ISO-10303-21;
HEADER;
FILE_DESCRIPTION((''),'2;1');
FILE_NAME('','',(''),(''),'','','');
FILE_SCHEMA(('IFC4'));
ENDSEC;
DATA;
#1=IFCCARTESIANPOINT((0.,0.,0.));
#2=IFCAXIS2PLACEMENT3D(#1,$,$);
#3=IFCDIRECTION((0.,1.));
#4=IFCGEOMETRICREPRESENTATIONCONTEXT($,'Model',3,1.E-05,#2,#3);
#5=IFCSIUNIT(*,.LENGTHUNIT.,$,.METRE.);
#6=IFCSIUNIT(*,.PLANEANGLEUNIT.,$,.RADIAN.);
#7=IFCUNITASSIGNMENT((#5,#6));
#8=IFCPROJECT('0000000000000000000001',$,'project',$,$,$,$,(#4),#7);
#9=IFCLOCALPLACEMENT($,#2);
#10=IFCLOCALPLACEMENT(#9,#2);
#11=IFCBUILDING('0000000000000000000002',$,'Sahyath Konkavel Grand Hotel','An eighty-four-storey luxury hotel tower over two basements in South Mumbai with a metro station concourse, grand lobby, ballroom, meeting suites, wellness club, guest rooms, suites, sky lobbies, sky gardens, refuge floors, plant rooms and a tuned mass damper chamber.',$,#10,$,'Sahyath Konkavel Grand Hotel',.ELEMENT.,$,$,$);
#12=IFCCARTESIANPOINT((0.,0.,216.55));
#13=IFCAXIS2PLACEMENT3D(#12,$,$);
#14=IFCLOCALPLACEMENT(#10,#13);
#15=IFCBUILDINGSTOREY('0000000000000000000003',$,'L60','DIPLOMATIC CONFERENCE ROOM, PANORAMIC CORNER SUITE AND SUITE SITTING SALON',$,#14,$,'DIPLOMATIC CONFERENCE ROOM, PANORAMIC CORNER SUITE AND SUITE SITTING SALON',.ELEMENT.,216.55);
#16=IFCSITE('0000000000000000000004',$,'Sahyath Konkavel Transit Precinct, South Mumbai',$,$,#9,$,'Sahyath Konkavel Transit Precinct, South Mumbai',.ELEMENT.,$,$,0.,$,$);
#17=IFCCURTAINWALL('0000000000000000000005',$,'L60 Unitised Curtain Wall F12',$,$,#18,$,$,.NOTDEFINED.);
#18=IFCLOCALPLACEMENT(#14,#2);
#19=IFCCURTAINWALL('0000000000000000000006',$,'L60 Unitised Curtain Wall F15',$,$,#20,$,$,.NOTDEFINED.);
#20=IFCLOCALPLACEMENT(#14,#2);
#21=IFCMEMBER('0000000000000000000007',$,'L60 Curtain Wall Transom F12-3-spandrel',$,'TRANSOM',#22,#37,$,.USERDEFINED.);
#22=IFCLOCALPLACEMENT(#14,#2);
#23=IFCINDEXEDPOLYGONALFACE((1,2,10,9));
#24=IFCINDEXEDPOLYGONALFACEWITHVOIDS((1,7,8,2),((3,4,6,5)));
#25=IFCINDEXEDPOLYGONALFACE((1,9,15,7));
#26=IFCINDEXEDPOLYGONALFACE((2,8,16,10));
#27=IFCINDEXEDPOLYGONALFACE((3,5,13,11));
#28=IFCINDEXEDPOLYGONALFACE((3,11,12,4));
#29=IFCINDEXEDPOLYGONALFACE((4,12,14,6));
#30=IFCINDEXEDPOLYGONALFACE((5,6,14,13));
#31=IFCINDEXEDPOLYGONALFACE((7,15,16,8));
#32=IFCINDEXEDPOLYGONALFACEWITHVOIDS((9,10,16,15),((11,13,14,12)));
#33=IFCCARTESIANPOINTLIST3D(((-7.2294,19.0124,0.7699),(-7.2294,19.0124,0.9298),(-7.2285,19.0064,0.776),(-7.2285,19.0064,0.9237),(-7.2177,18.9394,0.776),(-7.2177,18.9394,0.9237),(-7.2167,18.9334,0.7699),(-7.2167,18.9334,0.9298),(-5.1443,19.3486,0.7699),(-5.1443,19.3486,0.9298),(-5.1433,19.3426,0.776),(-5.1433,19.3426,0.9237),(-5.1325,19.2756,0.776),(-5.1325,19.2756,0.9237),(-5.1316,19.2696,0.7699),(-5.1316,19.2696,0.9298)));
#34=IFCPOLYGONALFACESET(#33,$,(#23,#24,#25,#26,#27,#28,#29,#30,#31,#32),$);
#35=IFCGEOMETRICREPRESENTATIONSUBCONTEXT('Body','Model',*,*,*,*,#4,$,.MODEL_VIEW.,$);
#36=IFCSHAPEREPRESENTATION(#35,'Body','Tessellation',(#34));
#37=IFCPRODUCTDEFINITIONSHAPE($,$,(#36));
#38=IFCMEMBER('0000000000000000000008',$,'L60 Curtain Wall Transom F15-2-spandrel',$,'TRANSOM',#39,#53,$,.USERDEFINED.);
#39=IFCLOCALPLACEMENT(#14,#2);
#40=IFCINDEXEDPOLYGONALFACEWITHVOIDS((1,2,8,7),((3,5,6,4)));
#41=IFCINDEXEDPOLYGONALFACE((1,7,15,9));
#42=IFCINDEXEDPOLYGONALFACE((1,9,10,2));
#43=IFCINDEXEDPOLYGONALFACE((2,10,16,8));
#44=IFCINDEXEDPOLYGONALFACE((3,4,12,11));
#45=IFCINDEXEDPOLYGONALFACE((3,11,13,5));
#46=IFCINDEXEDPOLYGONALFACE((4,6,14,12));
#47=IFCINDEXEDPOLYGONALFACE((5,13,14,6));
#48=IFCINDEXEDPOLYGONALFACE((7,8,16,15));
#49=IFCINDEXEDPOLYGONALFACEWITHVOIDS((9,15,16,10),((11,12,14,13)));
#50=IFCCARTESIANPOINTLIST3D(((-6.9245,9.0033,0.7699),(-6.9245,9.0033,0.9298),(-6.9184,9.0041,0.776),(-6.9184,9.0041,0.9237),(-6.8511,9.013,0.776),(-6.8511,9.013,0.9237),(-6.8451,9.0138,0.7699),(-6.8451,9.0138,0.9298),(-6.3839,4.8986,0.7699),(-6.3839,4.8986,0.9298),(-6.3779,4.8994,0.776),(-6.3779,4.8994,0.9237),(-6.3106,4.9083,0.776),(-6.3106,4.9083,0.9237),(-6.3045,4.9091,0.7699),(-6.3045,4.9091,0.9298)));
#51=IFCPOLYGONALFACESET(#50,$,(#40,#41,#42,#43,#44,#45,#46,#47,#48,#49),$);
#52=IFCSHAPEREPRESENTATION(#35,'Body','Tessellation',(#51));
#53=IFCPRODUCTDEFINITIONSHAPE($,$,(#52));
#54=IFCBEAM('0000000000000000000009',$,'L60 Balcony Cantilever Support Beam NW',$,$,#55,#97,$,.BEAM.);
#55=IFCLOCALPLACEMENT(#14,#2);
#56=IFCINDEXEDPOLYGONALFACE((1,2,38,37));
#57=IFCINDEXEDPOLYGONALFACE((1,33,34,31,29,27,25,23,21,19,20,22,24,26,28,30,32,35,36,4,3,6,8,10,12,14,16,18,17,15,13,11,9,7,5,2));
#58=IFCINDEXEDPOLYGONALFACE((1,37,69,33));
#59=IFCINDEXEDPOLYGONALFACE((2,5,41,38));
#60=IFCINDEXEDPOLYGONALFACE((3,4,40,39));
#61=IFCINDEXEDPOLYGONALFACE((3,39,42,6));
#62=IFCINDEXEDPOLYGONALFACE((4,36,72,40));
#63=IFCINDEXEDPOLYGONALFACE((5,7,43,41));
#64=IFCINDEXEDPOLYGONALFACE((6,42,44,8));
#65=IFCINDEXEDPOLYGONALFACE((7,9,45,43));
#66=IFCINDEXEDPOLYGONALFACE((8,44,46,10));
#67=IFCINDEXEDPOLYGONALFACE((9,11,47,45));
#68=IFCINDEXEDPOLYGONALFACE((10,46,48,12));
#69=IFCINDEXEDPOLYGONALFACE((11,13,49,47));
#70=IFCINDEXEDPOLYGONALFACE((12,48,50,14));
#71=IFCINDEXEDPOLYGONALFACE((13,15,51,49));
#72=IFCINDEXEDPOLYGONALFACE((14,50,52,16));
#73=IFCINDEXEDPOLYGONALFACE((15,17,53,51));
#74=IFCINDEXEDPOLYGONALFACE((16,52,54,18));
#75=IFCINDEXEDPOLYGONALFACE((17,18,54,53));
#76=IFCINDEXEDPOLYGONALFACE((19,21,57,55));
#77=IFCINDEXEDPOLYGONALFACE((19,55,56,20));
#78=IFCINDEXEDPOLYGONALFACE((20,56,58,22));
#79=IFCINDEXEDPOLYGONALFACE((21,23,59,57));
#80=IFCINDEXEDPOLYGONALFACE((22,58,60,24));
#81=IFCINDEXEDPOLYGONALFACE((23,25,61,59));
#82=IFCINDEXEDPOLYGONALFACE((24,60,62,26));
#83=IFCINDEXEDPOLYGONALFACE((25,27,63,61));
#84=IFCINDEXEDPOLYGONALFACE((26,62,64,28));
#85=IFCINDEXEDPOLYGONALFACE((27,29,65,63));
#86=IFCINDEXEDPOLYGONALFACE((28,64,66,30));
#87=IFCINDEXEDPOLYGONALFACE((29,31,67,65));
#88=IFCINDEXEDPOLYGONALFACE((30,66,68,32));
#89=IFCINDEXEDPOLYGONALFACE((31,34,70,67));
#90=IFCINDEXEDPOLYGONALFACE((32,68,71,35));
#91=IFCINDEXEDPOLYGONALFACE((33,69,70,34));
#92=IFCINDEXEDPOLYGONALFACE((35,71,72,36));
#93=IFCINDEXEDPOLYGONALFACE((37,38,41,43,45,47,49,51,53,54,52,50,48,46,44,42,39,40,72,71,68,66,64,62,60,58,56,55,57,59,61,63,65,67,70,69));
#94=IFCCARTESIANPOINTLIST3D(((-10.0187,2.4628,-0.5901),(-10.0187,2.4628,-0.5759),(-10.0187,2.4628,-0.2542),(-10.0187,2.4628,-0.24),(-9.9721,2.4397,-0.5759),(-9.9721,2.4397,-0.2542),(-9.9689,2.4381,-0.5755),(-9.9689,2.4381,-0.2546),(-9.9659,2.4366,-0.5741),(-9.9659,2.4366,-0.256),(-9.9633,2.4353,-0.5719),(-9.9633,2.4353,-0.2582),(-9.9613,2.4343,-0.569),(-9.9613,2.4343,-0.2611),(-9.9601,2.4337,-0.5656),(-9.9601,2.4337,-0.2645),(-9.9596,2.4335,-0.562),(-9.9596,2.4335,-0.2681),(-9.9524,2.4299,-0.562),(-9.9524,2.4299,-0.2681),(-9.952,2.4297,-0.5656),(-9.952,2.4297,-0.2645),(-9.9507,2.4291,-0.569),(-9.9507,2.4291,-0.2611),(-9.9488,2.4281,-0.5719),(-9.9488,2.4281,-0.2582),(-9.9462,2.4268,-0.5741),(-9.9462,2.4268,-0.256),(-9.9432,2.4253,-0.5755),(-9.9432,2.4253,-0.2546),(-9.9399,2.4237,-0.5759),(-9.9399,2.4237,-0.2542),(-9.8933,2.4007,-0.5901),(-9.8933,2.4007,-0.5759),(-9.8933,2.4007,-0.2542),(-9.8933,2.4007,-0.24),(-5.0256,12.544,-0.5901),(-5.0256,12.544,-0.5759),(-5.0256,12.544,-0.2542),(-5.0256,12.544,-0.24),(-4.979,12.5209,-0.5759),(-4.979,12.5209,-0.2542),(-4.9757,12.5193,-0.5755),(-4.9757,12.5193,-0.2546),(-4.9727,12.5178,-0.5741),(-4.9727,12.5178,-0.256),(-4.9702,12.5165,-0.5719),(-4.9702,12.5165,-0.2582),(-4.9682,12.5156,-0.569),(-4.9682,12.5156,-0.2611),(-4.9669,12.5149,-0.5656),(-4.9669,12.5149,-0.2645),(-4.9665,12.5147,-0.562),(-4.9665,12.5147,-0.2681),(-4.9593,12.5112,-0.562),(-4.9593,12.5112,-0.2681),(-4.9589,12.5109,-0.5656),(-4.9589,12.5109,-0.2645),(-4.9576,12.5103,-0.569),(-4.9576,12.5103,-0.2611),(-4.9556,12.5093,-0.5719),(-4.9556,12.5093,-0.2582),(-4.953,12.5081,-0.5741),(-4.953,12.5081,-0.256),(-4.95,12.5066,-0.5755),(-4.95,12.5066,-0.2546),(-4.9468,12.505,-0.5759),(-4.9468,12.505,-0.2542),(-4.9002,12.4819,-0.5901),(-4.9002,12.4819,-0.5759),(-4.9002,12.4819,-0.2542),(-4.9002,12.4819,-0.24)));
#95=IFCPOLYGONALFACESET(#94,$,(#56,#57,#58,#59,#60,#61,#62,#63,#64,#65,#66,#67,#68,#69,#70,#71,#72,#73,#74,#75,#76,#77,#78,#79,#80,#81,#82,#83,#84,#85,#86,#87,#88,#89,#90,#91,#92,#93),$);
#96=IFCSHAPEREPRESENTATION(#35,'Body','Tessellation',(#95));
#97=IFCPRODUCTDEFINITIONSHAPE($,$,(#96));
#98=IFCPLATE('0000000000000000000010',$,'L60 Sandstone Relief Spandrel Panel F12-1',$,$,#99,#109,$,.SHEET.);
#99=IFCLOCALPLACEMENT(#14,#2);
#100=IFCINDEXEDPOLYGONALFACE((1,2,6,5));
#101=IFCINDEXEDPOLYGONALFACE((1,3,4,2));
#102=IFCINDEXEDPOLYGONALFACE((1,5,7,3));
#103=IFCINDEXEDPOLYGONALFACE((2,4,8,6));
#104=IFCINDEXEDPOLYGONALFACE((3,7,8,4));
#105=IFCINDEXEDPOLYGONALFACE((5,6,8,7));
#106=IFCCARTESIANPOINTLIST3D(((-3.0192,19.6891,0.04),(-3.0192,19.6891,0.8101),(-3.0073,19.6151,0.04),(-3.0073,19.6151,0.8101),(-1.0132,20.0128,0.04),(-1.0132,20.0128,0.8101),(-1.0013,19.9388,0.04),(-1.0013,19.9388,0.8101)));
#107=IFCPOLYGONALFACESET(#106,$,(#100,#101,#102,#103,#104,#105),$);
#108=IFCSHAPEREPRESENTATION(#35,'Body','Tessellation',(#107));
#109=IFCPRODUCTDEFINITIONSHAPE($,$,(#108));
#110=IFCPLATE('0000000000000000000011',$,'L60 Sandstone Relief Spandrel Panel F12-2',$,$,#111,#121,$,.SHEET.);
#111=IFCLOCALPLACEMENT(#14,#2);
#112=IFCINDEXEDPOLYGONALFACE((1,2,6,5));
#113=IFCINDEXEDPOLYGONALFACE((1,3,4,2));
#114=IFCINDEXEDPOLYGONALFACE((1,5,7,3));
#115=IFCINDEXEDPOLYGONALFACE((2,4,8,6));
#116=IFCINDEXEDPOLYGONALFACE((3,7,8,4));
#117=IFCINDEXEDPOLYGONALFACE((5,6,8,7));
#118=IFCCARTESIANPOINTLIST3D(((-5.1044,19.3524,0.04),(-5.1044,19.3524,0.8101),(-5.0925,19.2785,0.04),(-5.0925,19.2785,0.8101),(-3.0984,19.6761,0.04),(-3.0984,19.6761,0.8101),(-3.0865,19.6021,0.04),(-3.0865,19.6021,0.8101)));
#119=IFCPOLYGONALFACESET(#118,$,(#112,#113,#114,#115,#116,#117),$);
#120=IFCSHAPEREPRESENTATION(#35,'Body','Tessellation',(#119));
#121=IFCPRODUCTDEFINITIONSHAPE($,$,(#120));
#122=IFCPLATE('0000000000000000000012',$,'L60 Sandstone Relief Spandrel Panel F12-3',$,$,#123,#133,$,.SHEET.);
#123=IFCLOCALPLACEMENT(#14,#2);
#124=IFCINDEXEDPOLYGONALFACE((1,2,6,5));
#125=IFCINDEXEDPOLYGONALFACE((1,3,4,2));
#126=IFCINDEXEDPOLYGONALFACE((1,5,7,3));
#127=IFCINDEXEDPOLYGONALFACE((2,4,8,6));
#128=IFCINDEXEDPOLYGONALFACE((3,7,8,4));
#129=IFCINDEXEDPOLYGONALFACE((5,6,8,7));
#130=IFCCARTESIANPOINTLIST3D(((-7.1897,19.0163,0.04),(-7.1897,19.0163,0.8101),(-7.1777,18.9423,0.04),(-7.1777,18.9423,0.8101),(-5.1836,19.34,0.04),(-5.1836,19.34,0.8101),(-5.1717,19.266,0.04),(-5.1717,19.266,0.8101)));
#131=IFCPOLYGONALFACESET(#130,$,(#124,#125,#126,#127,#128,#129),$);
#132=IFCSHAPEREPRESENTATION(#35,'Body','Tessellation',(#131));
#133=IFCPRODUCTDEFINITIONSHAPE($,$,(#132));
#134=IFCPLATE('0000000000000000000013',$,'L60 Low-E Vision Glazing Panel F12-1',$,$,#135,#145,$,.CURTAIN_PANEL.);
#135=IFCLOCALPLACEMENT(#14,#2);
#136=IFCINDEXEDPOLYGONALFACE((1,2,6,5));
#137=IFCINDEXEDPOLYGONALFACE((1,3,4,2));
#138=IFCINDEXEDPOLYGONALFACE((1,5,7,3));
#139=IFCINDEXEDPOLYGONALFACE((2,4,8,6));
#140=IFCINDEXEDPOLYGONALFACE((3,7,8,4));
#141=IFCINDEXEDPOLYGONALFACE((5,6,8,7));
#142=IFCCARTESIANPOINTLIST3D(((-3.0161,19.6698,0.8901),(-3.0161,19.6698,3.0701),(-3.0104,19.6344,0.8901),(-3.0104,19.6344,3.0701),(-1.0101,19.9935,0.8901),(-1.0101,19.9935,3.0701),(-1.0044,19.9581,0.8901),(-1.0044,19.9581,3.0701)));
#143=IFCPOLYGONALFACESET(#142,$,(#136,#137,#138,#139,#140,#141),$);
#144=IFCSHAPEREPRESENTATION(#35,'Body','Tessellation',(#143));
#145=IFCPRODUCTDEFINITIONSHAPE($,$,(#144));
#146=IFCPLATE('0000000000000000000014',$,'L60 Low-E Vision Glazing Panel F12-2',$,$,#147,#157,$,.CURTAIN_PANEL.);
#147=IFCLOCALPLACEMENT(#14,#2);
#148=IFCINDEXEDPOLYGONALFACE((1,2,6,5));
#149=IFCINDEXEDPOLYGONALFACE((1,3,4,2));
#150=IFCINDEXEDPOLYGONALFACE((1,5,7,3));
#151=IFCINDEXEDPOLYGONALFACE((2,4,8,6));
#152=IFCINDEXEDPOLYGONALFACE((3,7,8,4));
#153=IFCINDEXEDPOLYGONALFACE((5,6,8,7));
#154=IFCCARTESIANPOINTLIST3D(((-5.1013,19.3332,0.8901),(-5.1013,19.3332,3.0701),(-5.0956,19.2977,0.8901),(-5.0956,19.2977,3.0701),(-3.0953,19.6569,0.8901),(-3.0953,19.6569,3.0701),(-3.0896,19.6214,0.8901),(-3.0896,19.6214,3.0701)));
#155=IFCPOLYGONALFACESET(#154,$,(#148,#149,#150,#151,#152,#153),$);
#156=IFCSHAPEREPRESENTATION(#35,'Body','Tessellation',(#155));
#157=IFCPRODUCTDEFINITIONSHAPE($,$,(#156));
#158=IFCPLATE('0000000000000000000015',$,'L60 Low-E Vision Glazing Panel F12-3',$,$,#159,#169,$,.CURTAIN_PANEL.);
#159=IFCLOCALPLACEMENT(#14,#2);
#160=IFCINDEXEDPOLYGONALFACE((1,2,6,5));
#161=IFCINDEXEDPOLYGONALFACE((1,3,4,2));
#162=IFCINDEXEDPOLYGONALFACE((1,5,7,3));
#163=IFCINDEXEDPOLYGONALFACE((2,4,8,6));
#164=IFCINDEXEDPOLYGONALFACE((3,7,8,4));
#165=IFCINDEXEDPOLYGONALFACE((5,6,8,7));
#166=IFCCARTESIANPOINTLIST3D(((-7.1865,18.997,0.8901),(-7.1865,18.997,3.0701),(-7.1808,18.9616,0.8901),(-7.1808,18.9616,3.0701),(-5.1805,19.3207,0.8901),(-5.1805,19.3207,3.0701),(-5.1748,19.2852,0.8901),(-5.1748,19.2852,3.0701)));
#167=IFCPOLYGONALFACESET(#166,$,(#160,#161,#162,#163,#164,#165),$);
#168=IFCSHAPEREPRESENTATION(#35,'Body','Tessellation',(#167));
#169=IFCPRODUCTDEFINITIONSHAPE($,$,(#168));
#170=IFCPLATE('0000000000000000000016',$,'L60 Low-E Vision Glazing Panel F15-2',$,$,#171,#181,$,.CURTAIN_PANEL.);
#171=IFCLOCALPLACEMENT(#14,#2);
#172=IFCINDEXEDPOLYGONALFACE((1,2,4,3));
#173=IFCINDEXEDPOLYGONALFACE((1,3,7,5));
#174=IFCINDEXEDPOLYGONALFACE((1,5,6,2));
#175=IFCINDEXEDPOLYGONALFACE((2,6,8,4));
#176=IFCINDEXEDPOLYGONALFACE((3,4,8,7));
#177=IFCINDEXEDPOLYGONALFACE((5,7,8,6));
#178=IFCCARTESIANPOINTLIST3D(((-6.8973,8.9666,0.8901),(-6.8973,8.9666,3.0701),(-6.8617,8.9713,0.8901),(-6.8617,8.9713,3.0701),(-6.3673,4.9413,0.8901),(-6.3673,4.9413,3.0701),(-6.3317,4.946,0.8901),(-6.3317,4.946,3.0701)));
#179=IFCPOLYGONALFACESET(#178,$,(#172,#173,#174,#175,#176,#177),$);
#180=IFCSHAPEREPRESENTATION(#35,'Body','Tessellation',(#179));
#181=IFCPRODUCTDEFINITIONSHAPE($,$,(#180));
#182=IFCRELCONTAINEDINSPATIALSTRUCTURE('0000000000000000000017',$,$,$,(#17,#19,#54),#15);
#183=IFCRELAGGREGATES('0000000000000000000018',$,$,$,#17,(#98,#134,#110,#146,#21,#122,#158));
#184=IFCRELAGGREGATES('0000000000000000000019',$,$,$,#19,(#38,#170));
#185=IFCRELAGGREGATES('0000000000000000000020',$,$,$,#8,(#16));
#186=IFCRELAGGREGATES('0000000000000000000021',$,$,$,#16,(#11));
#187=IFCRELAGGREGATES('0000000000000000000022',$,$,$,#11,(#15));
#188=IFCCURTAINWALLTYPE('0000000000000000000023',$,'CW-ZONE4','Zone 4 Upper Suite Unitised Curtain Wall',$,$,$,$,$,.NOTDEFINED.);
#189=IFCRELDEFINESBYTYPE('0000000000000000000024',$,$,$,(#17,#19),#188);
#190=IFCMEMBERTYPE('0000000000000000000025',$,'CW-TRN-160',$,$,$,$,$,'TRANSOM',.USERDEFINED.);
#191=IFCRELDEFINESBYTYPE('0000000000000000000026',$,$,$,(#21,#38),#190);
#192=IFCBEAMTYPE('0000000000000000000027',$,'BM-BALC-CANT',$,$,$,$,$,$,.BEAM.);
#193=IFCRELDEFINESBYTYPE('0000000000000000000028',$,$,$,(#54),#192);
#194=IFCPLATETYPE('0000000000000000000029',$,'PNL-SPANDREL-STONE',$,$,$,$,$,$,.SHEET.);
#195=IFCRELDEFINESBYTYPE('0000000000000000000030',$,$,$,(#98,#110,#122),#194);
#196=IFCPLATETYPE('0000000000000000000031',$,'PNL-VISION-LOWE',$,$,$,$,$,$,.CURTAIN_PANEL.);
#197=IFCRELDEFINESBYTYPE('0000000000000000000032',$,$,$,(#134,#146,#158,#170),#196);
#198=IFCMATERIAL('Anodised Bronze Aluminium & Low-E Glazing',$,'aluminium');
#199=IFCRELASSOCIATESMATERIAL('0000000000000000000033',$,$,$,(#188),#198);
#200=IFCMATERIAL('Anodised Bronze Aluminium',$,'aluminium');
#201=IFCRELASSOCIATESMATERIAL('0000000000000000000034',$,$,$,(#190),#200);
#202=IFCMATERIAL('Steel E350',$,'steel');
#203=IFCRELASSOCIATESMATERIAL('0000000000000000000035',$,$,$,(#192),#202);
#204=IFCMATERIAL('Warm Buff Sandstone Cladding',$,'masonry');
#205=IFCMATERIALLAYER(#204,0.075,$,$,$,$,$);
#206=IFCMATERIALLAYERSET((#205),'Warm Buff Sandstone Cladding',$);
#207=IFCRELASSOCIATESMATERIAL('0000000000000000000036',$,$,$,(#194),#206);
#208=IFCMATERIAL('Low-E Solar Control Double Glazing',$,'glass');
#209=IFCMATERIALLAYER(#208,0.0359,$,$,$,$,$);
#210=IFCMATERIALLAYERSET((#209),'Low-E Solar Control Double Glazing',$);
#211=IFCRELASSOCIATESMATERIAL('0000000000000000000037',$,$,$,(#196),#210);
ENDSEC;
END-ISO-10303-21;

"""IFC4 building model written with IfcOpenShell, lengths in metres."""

from ifc_helpers import new_model, si_unit, direction, frame, origin, origin_2d, place, context, subcontext, project, spatial, rectangle, hollow_rectangle, i_section, extrude, source, transform, mapped, material, layer, layer_set, material_profile, profile_set, type_object, element, aggregate, save


model = new_model("IFC4")

# Units and contexts
model_context = context("Model", 3, precision=1e-05, world=origin(), true_north=direction((0.0, 1.0)))
body_context = subcontext(model_context, "Body", "Model", "MODEL_VIEW")
ifc_project = project(units=[si_unit("LENGTHUNIT", "METRE"), si_unit("PLANEANGLEUNIT", "RADIAN")], contexts=[model_context])

# Site, building, storey
site_placement = place(None, origin())
site = spatial("IfcSite", under=ifc_project, at=site_placement, Name="Sahyath Konkavel Transit Precinct, South Mumbai", LongName="Sahyath Konkavel Transit Precinct, South Mumbai", CompositionType="ELEMENT", RefElevation=0.0)
building_placement = place(site_placement, origin())
building = spatial("IfcBuilding", under=site, at=building_placement, Name="Sahyath Konkavel Grand Hotel", Description="An eighty-four-storey luxury hotel tower over two basements in South Mumbai with a metro station concourse, grand lobby, ballroom, meeting suites, wellness club, guest rooms, suites, sky lobbies, sky gardens, refuge floors, plant rooms and a tuned mass damper chamber.", LongName="Sahyath Konkavel Grand Hotel", CompositionType="ELEMENT")
storey_placement = place(building_placement, frame((0.0, 0.0, 216.55)))
storey = spatial("IfcBuildingStorey", under=building, at=storey_placement, Name="L60", Description="DIPLOMATIC CONFERENCE ROOM, PANORAMIC CORNER SUITE AND SUITE SITTING SALON", LongName="DIPLOMATIC CONFERENCE ROOM, PANORAMIC CORNER SUITE AND SUITE SITTING SALON", CompositionType="ELEMENT", Elevation=216.55)

# Shared definitions
ifc_material_1 = material(Name="Steel E350", Category="steel")

# Curtain wall
ifc_material_2 = material(Name="Anodised Bronze Aluminium & Low-E Glazing", Category="aluminium")
curtain_wall_type = type_object("IfcCurtainWallType", Name="CW-ZONE4", Description="Zone 4 Upper Suite Unitised Curtain Wall", PredefinedType="NOTDEFINED", material=ifc_material_2)
curtain_wall_1_placement = place(storey_placement, origin())
curtain_wall_1 = element("IfcCurtainWall", 1, at=curtain_wall_1_placement, inside=storey, type_object=curtain_wall_type, Name="L60 Unitised Curtain Wall F12", PredefinedType="NOTDEFINED")
ifc_material_3 = material(Name="Anodised Bronze Aluminium", Category="aluminium")

# Curtain wall
curtain_wall_2_placement = place(storey_placement, origin())
curtain_wall_2 = element("IfcCurtainWall", 2, at=curtain_wall_2_placement, inside=storey, type_object=curtain_wall_type, Name="L60 Unitised Curtain Wall F15", PredefinedType="NOTDEFINED")

# Members
ifc_material_profile_1 = material_profile(ifc_material_3, hollow_rectangle(XDim=0.0801, YDim=0.1599, WallThickness=0.0061, at=origin_2d()), Name="RHS 160x80x6")
ifc_profile_set_1 = profile_set([ifc_material_profile_1], Name="Anodised Bronze Aluminium")
member_type_1 = type_object("IfcMemberType", Name="CW-TRN-160", ElementType="TRANSOM", PredefinedType="USERDEFINED", material=ifc_profile_set_1)
shared_shape_1 = source(origin(), body_context, "Body", "SweptSolid", [
    extrude(hollow_rectangle(XDim=0.0801, YDim=0.1599, WallThickness=0.0061, at=origin_2d()), origin(), (0.0, 0.0, 1.0), 2.1121),
])
member_1_placement = place(storey_placement, frame((-5.1379, 19.3091, 0.8499), z_axis=(-0.987252, -0.159167, 0.0), x_axis=(0.159167, -0.987252, 0.0)))
member_1 = element("IfcMember", 3, at=member_1_placement, type_object=member_type_1, Name="L60 Curtain Wall Transom F12-3-spandrel", ObjectType="TRANSOM", PredefinedType="USERDEFINED", context=body_context, shape_type="MappedRepresentation", body=[
    mapped(shared_shape_1, transform((0.0, 0.0, 0.0), scale=1.0)),
])
shared_shape_2 = source(origin(), body_context, "Body", "SweptSolid", [
    extrude(hollow_rectangle(XDim=0.0801, YDim=0.1599, WallThickness=0.0061, at=origin_2d()), origin(), (0.0, 0.0, 1.0), 4.1401),
])
member_2_placement = place(storey_placement, frame((-6.8848, 9.0085, 0.8499), z_axis=(0.130557, -0.991441, 0.0), x_axis=(0.991441, 0.130557, 0.0)))
member_2 = element("IfcMember", 4, at=member_2_placement, type_object=member_type_1, Name="L60 Curtain Wall Transom F15-2-spandrel", ObjectType="TRANSOM", PredefinedType="USERDEFINED", context=body_context, shape_type="MappedRepresentation", body=[
    mapped(shared_shape_2, transform((0.0, 0.0, 0.0), scale=1.0)),
])

# Beam
ifc_material_profile_2 = material_profile(ifc_material_1, i_section(OverallWidth=0.1399, OverallDepth=0.3501, WebThickness=0.0081, FlangeThickness=0.0142, FilletRadius=0.0139, at=origin_2d()), Name="ISMB 350")
ifc_profile_set_2 = profile_set([ifc_material_profile_2], Name="Steel E350")
beam_type_1 = type_object("IfcBeamType", Name="BM-BALC-CANT", PredefinedType="BEAM", material=ifc_profile_set_2)
shared_shape_3 = source(origin(), body_context, "Body", "SweptSolid", [
    extrude(i_section(OverallWidth=0.1399, OverallDepth=0.3501, WebThickness=0.0081, FlangeThickness=0.0142, FilletRadius=0.0139, at=origin_2d()), origin(), (0.0, 0.0, 1.0), 11.25),
])
beam_1_placement = place(storey_placement, frame((-4.9629, 12.5129, -0.415), z_axis=(-0.443834, -0.896109, 0.0), x_axis=(0.896109, -0.443834, 0.0)))
element("IfcBeam", 5, at=beam_1_placement, inside=storey, type_object=beam_type_1, Name="L60 Balcony Cantilever Support Beam NW", PredefinedType="BEAM", context=body_context, shape_type="MappedRepresentation", body=[
    mapped(shared_shape_3, transform((0.0, 0.0, 0.0), scale=1.0)),
])

# Plates
ifc_material_4 = material(Name="Warm Buff Sandstone Cladding", Category="masonry")
ifc_layer_1 = layer(ifc_material_4, 0.075)
ifc_layer_set_1 = layer_set([ifc_layer_1], Name="Warm Buff Sandstone Cladding")
plate_type_1 = type_object("IfcPlateType", Name="PNL-SPANDREL-STONE", PredefinedType="SHEET", material=ifc_layer_set_1)
shared_shape_4 = source(origin(), body_context, "Body", "SweptSolid", [
    extrude(rectangle(XDim=2.032, YDim=0.075, at=origin_2d()), origin(), (0.0, 0.0, 1.0), 0.77),
])
plate_1_placement = place(storey_placement, frame((-2.0103, 19.814, 0.04), z_axis=(0.0, 0.0, 1.0), x_axis=(-0.987231, -0.159295, 0.0)))
plate_1 = element("IfcPlate", 6, at=plate_1_placement, type_object=plate_type_1, Name="L60 Sandstone Relief Spandrel Panel F12-1", PredefinedType="SHEET", context=body_context, shape_type="MappedRepresentation", body=[
    mapped(shared_shape_4, transform((0.0, 0.0, 0.0), scale=1.0)),
])
plate_2_placement = place(storey_placement, frame((-4.0955, 19.4773, 0.04), z_axis=(0.0, 0.0, 1.0), x_axis=(-0.987231, -0.159295, 0.0)))
plate_2 = element("IfcPlate", 7, at=plate_2_placement, type_object=plate_type_1, Name="L60 Sandstone Relief Spandrel Panel F12-2", PredefinedType="SHEET", context=body_context, shape_type="MappedRepresentation", body=[
    mapped(shared_shape_4, transform((0.0, 0.0, 0.0), scale=1.0)),
])
plate_3_placement = place(storey_placement, frame((-6.1807, 19.1411, 0.04), z_axis=(0.0, 0.0, 1.0), x_axis=(-0.987231, -0.159295, 0.0)))
plate_3 = element("IfcPlate", 8, at=plate_3_placement, type_object=plate_type_1, Name="L60 Sandstone Relief Spandrel Panel F12-3", PredefinedType="SHEET", context=body_context, shape_type="MappedRepresentation", body=[
    mapped(shared_shape_4, transform((0.0, 0.0, 0.0), scale=1.0)),
])
ifc_material_5 = material(Name="Low-E Solar Control Double Glazing", Category="glass")
ifc_layer_2 = layer(ifc_material_5, 0.0359)
ifc_layer_set_2 = layer_set([ifc_layer_2], Name="Low-E Solar Control Double Glazing")
plate_type_2 = type_object("IfcPlateType", Name="PNL-VISION-LOWE", PredefinedType="CURTAIN_PANEL", material=ifc_layer_set_2)
shared_shape_5 = source(origin(), body_context, "Body", "SweptSolid", [
    extrude(rectangle(XDim=2.032, YDim=0.0359, at=origin_2d()), origin(), (0.0, 0.0, 1.0), 2.1799),
])
plate_4_placement = place(storey_placement, frame((-2.0103, 19.814, 0.8901), z_axis=(0.0, 0.0, 1.0), x_axis=(-0.987231, -0.159295, 0.0)))
plate_4 = element("IfcPlate", 9, at=plate_4_placement, type_object=plate_type_2, Name="L60 Low-E Vision Glazing Panel F12-1", PredefinedType="CURTAIN_PANEL", context=body_context, shape_type="MappedRepresentation", body=[
    mapped(shared_shape_5, transform((0.0, 0.0, 0.0), scale=1.0)),
])
plate_5_placement = place(storey_placement, frame((-4.0955, 19.4773, 0.8901), z_axis=(0.0, 0.0, 1.0), x_axis=(-0.987231, -0.159295, 0.0)))
plate_5 = element("IfcPlate", 10, at=plate_5_placement, type_object=plate_type_2, Name="L60 Low-E Vision Glazing Panel F12-2", PredefinedType="CURTAIN_PANEL", context=body_context, shape_type="MappedRepresentation", body=[
    mapped(shared_shape_5, transform((0.0, 0.0, 0.0), scale=1.0)),
])
plate_6_placement = place(storey_placement, frame((-6.1807, 19.1411, 0.8901), z_axis=(0.0, 0.0, 1.0), x_axis=(-0.987231, -0.159295, 0.0)))
plate_6 = element("IfcPlate", 11, at=plate_6_placement, type_object=plate_type_2, Name="L60 Low-E Vision Glazing Panel F12-3", PredefinedType="CURTAIN_PANEL", context=body_context, shape_type="MappedRepresentation", body=[
    mapped(shared_shape_5, transform((0.0, 0.0, 0.0), scale=1.0)),
])
aggregate(curtain_wall_1, [plate_1, plate_4, plate_2, plate_5, member_1, plate_3, plate_6])
shared_shape_6 = source(origin(), body_context, "Body", "SweptSolid", [
    extrude(rectangle(XDim=4.0601, YDim=0.0359, at=origin_2d()), origin(), (0.0, 0.0, 1.0), 2.1799),
])
plate_7_placement = place(storey_placement, frame((-6.6145, 6.9563, 0.8901), z_axis=(0.0, 0.0, 1.0), x_axis=(0.130526, -0.991445, 0.0)))
plate_7 = element("IfcPlate", 12, at=plate_7_placement, type_object=plate_type_2, Name="L60 Low-E Vision Glazing Panel F15-2", PredefinedType="CURTAIN_PANEL", context=body_context, shape_type="MappedRepresentation", body=[
    mapped(shared_shape_6, transform((0.0, 0.0, 0.0), scale=1.0)),
])
aggregate(curtain_wall_2, [member_2, plate_7])

save(model, "model.ifc")
